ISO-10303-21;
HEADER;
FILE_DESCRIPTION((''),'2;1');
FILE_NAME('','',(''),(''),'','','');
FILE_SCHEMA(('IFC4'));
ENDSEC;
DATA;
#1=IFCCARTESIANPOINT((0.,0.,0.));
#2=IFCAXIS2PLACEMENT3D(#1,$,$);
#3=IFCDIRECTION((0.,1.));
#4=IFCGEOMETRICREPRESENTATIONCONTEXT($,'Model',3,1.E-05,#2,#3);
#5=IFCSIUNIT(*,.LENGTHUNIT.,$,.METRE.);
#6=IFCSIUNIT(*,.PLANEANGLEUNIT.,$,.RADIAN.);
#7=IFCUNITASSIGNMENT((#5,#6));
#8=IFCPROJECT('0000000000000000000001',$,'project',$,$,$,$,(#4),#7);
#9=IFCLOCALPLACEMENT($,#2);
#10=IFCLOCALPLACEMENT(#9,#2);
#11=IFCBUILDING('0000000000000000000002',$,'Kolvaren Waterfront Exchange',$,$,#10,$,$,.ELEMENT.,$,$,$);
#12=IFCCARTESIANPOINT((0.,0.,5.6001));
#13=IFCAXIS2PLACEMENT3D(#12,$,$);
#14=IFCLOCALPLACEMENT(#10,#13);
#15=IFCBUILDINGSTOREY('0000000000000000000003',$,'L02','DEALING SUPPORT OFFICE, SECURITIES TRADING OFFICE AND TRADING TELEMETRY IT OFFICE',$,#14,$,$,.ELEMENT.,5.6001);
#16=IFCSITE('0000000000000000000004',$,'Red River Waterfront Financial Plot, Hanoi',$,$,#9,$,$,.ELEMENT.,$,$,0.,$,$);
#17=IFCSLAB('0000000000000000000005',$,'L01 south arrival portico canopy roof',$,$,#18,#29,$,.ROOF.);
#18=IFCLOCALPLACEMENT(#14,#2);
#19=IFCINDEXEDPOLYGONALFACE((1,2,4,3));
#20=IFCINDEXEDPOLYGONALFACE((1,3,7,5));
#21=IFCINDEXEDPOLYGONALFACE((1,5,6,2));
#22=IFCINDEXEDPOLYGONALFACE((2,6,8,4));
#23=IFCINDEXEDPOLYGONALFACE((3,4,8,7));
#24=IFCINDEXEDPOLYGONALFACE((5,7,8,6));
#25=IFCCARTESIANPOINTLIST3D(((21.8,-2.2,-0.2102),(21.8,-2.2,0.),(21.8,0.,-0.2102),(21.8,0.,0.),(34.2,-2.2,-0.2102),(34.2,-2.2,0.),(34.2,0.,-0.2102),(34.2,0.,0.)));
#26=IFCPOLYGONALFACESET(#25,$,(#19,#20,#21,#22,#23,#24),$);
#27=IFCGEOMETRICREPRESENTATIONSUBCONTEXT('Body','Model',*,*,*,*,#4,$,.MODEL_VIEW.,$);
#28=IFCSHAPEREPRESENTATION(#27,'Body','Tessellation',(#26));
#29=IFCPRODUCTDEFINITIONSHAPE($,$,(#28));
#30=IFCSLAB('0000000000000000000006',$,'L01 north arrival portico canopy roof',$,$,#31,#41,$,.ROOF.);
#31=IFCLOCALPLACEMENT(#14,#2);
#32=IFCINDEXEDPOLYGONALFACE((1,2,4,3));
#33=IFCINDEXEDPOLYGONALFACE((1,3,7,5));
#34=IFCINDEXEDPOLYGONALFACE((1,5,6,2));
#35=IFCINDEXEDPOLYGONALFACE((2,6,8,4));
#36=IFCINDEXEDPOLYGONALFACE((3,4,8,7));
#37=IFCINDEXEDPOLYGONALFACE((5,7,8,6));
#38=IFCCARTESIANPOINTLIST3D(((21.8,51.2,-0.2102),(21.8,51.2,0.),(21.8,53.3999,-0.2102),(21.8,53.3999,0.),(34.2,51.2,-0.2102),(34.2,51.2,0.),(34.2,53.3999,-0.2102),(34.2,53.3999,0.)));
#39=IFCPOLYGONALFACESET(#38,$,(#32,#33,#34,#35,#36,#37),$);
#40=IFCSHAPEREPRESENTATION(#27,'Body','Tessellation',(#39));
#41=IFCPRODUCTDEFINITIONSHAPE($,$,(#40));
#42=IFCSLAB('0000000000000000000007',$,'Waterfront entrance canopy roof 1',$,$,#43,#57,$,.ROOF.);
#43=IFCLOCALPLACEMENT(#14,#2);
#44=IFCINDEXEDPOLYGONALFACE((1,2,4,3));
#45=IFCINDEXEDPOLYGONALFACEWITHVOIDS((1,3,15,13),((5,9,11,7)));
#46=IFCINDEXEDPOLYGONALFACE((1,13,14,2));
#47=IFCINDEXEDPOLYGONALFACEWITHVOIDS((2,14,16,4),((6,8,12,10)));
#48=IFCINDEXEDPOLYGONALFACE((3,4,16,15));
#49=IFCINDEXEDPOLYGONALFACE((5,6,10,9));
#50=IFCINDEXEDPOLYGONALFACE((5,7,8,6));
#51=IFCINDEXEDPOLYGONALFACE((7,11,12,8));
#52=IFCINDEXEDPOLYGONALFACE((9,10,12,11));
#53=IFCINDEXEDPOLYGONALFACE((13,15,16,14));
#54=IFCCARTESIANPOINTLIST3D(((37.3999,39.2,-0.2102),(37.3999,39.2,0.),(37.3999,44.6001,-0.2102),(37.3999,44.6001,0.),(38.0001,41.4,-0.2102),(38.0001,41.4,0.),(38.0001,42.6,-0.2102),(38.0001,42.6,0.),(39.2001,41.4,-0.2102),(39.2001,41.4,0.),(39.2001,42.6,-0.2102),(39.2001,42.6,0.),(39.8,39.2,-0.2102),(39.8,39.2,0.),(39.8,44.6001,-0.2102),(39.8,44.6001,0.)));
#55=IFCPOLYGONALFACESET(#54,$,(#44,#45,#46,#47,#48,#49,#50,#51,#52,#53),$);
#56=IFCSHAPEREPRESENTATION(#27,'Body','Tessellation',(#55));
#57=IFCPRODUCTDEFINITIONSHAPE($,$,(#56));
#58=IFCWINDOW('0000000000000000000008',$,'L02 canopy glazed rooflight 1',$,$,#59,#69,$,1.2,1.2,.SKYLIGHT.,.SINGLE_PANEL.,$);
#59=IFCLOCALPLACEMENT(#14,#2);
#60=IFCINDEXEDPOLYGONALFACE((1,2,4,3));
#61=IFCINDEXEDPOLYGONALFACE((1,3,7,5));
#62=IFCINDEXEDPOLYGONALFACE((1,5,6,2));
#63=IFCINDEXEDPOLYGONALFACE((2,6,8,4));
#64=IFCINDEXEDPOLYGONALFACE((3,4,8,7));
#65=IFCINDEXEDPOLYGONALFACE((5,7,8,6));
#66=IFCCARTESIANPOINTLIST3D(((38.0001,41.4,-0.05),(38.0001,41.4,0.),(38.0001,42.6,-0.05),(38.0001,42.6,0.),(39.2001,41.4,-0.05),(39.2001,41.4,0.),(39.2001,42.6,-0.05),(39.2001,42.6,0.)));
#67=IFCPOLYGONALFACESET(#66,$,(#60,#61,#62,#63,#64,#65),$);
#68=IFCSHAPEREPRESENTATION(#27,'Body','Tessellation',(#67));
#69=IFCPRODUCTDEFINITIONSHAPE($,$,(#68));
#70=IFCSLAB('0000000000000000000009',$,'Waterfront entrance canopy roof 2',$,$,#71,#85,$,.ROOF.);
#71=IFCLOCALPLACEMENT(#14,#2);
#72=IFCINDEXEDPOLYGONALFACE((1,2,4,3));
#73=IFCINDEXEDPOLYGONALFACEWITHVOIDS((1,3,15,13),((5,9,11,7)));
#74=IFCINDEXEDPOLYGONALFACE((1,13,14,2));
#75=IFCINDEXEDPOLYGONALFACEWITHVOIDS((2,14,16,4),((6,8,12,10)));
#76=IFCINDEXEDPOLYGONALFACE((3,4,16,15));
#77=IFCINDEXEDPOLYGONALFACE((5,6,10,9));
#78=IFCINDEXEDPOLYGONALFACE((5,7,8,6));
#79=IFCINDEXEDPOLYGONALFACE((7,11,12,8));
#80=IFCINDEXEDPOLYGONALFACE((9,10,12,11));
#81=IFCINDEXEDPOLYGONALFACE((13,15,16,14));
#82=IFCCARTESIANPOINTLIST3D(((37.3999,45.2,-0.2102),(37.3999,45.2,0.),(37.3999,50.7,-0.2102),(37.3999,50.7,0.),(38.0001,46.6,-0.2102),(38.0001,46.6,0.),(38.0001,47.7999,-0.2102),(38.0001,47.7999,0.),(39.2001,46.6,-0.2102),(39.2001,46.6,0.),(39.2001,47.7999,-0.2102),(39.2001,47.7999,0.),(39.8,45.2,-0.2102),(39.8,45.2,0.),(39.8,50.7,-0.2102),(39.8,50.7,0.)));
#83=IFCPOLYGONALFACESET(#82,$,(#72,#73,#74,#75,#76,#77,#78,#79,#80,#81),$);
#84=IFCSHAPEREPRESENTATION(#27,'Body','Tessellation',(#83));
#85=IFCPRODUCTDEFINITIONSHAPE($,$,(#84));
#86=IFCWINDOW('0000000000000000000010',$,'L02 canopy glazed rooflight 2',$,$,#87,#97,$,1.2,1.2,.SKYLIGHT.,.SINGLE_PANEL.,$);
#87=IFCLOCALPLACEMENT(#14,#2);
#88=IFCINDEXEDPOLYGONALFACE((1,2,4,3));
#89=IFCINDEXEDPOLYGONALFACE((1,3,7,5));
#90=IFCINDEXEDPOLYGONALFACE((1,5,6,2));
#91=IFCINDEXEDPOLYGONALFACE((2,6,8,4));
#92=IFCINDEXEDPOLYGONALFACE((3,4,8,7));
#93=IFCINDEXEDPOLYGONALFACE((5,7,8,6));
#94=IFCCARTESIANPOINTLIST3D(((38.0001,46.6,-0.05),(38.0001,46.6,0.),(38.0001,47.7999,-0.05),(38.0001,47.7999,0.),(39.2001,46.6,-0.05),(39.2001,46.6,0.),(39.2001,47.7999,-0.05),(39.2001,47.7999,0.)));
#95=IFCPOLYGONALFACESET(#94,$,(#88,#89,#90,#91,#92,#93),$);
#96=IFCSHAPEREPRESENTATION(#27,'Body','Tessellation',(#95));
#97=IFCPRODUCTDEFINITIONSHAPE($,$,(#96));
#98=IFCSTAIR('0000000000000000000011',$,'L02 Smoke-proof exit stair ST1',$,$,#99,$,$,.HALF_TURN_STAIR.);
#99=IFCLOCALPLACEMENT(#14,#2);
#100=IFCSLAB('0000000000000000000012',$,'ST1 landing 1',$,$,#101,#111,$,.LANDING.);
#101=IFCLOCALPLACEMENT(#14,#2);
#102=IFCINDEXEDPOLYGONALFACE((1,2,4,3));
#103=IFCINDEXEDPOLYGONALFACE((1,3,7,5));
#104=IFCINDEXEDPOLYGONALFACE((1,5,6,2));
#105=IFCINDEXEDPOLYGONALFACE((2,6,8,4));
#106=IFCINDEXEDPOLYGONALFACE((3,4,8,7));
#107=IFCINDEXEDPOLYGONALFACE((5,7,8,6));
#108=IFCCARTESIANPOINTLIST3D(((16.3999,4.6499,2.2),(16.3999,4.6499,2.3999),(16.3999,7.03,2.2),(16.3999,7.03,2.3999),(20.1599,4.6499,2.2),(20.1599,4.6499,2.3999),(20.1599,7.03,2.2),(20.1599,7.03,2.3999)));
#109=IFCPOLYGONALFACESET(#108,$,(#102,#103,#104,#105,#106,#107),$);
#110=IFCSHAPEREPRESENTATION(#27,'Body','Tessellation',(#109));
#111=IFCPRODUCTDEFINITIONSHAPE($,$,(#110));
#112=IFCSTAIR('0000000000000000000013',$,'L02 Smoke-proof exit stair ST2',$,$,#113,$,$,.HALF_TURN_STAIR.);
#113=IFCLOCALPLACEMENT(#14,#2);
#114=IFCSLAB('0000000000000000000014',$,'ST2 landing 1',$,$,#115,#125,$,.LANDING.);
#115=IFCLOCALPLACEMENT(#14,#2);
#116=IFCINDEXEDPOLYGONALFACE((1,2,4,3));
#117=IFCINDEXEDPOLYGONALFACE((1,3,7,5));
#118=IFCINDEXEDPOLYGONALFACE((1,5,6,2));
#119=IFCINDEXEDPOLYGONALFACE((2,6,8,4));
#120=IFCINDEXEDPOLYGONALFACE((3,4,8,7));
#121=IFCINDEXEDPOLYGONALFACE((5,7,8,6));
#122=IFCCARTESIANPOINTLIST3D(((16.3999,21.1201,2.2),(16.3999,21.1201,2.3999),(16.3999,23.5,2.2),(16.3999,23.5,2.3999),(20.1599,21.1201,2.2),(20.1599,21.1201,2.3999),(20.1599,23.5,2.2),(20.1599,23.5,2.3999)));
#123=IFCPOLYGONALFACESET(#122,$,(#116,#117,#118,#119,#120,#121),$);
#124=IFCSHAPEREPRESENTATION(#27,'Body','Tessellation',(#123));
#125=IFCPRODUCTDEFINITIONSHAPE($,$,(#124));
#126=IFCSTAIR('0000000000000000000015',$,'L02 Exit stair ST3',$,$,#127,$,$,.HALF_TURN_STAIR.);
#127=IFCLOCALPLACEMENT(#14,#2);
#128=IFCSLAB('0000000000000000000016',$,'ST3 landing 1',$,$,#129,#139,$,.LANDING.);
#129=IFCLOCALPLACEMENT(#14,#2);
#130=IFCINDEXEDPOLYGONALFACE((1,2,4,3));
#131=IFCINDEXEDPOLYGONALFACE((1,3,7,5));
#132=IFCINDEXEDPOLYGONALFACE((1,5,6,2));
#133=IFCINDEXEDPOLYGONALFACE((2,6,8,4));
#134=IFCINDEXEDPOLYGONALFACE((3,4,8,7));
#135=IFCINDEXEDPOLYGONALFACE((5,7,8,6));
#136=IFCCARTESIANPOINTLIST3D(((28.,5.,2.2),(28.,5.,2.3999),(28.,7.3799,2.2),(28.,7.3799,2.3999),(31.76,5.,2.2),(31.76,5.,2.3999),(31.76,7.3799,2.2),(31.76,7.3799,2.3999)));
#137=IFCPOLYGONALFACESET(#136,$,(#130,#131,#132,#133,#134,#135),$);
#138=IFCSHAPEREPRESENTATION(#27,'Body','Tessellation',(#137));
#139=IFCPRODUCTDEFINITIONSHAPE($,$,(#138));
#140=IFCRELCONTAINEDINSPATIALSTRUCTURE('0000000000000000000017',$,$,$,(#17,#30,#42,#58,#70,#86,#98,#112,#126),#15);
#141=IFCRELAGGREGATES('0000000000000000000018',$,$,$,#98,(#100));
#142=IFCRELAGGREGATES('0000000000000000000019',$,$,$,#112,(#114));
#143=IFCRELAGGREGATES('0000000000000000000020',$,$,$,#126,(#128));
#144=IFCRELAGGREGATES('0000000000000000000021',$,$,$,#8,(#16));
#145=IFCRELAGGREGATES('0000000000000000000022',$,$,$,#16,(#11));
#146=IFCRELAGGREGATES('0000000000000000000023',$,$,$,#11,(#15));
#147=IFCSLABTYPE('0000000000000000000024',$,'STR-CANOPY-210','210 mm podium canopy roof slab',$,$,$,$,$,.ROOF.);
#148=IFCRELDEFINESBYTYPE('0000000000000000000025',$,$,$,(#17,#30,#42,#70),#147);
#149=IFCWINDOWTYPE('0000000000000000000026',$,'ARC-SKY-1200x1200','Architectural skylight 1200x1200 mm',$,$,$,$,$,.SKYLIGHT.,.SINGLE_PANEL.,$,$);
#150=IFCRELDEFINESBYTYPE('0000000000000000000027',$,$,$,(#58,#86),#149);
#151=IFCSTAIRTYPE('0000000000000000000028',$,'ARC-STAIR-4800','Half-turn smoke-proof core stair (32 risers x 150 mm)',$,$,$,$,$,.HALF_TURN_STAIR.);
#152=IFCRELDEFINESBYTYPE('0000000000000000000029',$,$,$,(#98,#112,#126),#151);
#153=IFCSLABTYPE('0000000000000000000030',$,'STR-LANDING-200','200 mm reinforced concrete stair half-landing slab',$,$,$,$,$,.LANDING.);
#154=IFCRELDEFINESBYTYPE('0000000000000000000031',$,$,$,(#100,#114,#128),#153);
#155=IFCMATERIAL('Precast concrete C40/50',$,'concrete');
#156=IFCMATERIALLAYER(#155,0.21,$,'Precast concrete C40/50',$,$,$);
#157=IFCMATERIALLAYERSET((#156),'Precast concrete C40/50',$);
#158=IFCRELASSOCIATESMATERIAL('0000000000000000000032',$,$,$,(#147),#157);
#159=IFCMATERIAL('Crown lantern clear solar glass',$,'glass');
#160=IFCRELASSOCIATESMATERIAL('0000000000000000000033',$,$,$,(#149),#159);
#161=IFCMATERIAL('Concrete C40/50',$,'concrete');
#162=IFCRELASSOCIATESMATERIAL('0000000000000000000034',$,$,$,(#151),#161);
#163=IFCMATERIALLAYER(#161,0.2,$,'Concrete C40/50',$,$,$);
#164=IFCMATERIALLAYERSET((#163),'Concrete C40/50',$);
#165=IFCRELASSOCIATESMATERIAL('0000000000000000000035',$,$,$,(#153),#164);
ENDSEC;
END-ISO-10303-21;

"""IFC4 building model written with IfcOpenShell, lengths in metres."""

from ifc_helpers import new_model, si_unit, direction, frame, origin, origin_2d, place, context, subcontext, project, spatial, polyline, rectangle, outline, extrude, material, layer, layer_set, type_object, element, fill, aggregate, save


model = new_model("IFC4")

# Units and contexts
model_context = context("Model", 3, precision=1e-05, world=origin(), true_north=direction((0.0, 1.0)))
body_context = subcontext(model_context, "Body", "Model", "MODEL_VIEW")
ifc_project = project(units=[si_unit("LENGTHUNIT", "METRE"), si_unit("PLANEANGLEUNIT", "RADIAN")], contexts=[model_context])

# Site, building, storey
site_placement = place(None, origin())
site = spatial("IfcSite", under=ifc_project, at=site_placement, Name="Red River Waterfront Financial Plot, Hanoi", CompositionType="ELEMENT", RefElevation=0.0)
building_placement = place(site_placement, origin())
building = spatial("IfcBuilding", under=site, at=building_placement, Name="Kolvaren Waterfront Exchange", CompositionType="ELEMENT")
storey_placement = place(building_placement, frame((0.0, 0.0, 5.6001)))
storey = spatial("IfcBuildingStorey", under=building, at=storey_placement, Name="L02", Description="DEALING SUPPORT OFFICE, SECURITIES TRADING OFFICE AND TRADING TELEMETRY IT OFFICE", CompositionType="ELEMENT", Elevation=5.6001)

# Slabs
ifc_material_1 = material(Name="Precast concrete C40/50", Category="concrete")
ifc_layer_1 = layer(ifc_material_1, 0.21, Name="Precast concrete C40/50")
ifc_layer_set_1 = layer_set([ifc_layer_1], Name="Precast concrete C40/50")
slab_type_1 = type_object("IfcSlabType", Name="STR-CANOPY-210", Description="210 mm podium canopy roof slab", PredefinedType="ROOF", material=ifc_layer_set_1)
slab_1_placement = place(storey_placement, frame((0.0, 0.0, -0.2102)))
element("IfcSlab", 1, at=slab_1_placement, inside=storey, type_object=slab_type_1, Name="L01 south arrival portico canopy roof", PredefinedType="ROOF", context=body_context, shape_type="SweptSolid", body=[
    extrude(outline(polyline([(21.8, -2.2), (34.2, -2.2), (34.2, 0.0), (21.8, 0.0), (21.8, -2.2)])), origin(), (0.0, 0.0, 1.0), 0.2102),
])
slab_2_placement = place(storey_placement, frame((0.0, 0.0, -0.2102)))
element("IfcSlab", 2, at=slab_2_placement, inside=storey, type_object=slab_type_1, Name="L01 north arrival portico canopy roof", PredefinedType="ROOF", context=body_context, shape_type="SweptSolid", body=[
    extrude(outline(polyline([(21.8, 51.2), (34.2, 51.2), (34.2, 53.3999), (21.8, 53.3999), (21.8, 51.2)])), origin(), (0.0, 0.0, 1.0), 0.2102),
])

# Slabs, openings, windows
slab_3_placement = place(storey_placement, frame((0.0, 0.0, -0.2102)))
slab_3 = element("IfcSlab", 3, at=slab_3_placement, inside=storey, type_object=slab_type_1, Name="Waterfront entrance canopy roof 1", PredefinedType="ROOF", context=body_context, shape_type="SweptSolid", body=[
    extrude(outline(polyline([(37.3999, 39.2), (39.8, 39.2), (39.8, 44.6001), (37.3999, 44.6001), (37.3999, 39.2)])), origin(), (0.0, 0.0, 1.0), 0.2102),
])
opening_1_placement = place(slab_3_placement, frame((38.6001, 42.0, 0.0)))
opening_1 = element("IfcOpeningElement", 4, at=opening_1_placement, cuts=slab_3, PredefinedType="OPENING", context=body_context, shape_type="SweptSolid", body=[
    extrude(rectangle(XDim=1.2, YDim=1.2, at=origin_2d()), frame((0.0, 0.0, -0.01)), (0.0, 0.0, 1.0), 0.2302),
])
ifc_material_2 = material(Name="Crown lantern clear solar glass", Category="glass")
window_type = type_object("IfcWindowType", Name="ARC-SKY-1200x1200", Description="Architectural skylight 1200x1200 mm", PartitioningType="SINGLE_PANEL", PredefinedType="SKYLIGHT", material=ifc_material_2)
window_1_placement = place(opening_1_placement, frame((0.0, 0.0, 0.1602)))
window_1 = element("IfcWindow", 5, at=window_1_placement, inside=storey, type_object=window_type, Name="L02 canopy glazed rooflight 1", OverallHeight=1.2, OverallWidth=1.2, PartitioningType="SINGLE_PANEL", PredefinedType="SKYLIGHT", context=body_context, shape_type="SweptSolid", body=[
    extrude(rectangle(XDim=1.2, YDim=1.2, at=origin_2d()), origin(), (0.0, 0.0, 1.0), 0.05),
])
fill(opening_1, window_1)
slab_4_placement = place(storey_placement, frame((0.0, 0.0, -0.2102)))
slab_4 = element("IfcSlab", 6, at=slab_4_placement, inside=storey, type_object=slab_type_1, Name="Waterfront entrance canopy roof 2", PredefinedType="ROOF", context=body_context, shape_type="SweptSolid", body=[
    extrude(outline(polyline([(37.3999, 45.2), (39.8, 45.2), (39.8, 50.7), (37.3999, 50.7), (37.3999, 45.2)])), origin(), (0.0, 0.0, 1.0), 0.2102),
])
opening_2_placement = place(slab_4_placement, frame((38.6001, 47.2, 0.0)))
opening_2 = element("IfcOpeningElement", 7, at=opening_2_placement, cuts=slab_4, PredefinedType="OPENING", context=body_context, shape_type="SweptSolid", body=[
    extrude(rectangle(XDim=1.2, YDim=1.2, at=origin_2d()), frame((0.0, 0.0, -0.01)), (0.0, 0.0, 1.0), 0.2302),
])
window_2_placement = place(opening_2_placement, frame((0.0, 0.0, 0.1602)))
window_2 = element("IfcWindow", 8, at=window_2_placement, inside=storey, type_object=window_type, Name="L02 canopy glazed rooflight 2", OverallHeight=1.2, OverallWidth=1.2, PartitioningType="SINGLE_PANEL", PredefinedType="SKYLIGHT", context=body_context, shape_type="SweptSolid", body=[
    extrude(rectangle(XDim=1.2, YDim=1.2, at=origin_2d()), origin(), (0.0, 0.0, 1.0), 0.05),
])
fill(opening_2, window_2)

# Stairs, slabs
ifc_material_3 = material(Name="Concrete C40/50", Category="concrete")
stair_type = type_object("IfcStairType", Name="ARC-STAIR-4800", Description="Half-turn smoke-proof core stair (32 risers x 150 mm)", PredefinedType="HALF_TURN_STAIR", material=ifc_material_3)
stair_1_placement = place(storey_placement, origin())
stair_1 = element("IfcStair", 9, at=stair_1_placement, inside=storey, type_object=stair_type, Name="L02 Smoke-proof exit stair ST1", PredefinedType="HALF_TURN_STAIR")
ifc_layer_2 = layer(ifc_material_3, 0.2, Name="Concrete C40/50")
ifc_layer_set_2 = layer_set([ifc_layer_2], Name="Concrete C40/50")
slab_type_2 = type_object("IfcSlabType", Name="STR-LANDING-200", Description="200 mm reinforced concrete stair half-landing slab", PredefinedType="LANDING", material=ifc_layer_set_2)
slab_5_placement = place(storey_placement, frame((0.0, 0.0, 2.2)))
slab_5 = element("IfcSlab", 10, at=slab_5_placement, type_object=slab_type_2, Name="ST1 landing 1", PredefinedType="LANDING", context=body_context, shape_type="SweptSolid", body=[
    extrude(outline(polyline([(16.3999, 7.03), (16.3999, 4.6499), (20.1599, 4.6499), (20.1599, 7.03), (16.3999, 7.03)])), origin(), (0.0, 0.0, 1.0), 0.2),
])
aggregate(stair_1, [slab_5])
stair_2_placement = place(storey_placement, origin())
stair_2 = element("IfcStair", 11, at=stair_2_placement, inside=storey, type_object=stair_type, Name="L02 Smoke-proof exit stair ST2", PredefinedType="HALF_TURN_STAIR")
slab_6_placement = place(storey_placement, frame((0.0, 0.0, 2.2)))
slab_6 = element("IfcSlab", 12, at=slab_6_placement, type_object=slab_type_2, Name="ST2 landing 1", PredefinedType="LANDING", context=body_context, shape_type="SweptSolid", body=[
    extrude(outline(polyline([(20.1599, 21.1201), (20.1599, 23.5), (16.3999, 23.5), (16.3999, 21.1201), (20.1599, 21.1201)])), origin(), (0.0, 0.0, 1.0), 0.2),
])
aggregate(stair_2, [slab_6])
stair_3_placement = place(storey_placement, origin())
stair_3 = element("IfcStair", 13, at=stair_3_placement, inside=storey, type_object=stair_type, Name="L02 Exit stair ST3", PredefinedType="HALF_TURN_STAIR")
slab_7_placement = place(storey_placement, frame((0.0, 0.0, 2.2)))
slab_7 = element("IfcSlab", 14, at=slab_7_placement, type_object=slab_type_2, Name="ST3 landing 1", PredefinedType="LANDING", context=body_context, shape_type="SweptSolid", body=[
    extrude(outline(polyline([(28.0, 7.3799), (28.0, 5.0), (31.76, 5.0), (31.76, 7.3799), (28.0, 7.3799)])), origin(), (0.0, 0.0, 1.0), 0.2),
])
aggregate(stair_3, [slab_7])

save(model, "model.ifc")
